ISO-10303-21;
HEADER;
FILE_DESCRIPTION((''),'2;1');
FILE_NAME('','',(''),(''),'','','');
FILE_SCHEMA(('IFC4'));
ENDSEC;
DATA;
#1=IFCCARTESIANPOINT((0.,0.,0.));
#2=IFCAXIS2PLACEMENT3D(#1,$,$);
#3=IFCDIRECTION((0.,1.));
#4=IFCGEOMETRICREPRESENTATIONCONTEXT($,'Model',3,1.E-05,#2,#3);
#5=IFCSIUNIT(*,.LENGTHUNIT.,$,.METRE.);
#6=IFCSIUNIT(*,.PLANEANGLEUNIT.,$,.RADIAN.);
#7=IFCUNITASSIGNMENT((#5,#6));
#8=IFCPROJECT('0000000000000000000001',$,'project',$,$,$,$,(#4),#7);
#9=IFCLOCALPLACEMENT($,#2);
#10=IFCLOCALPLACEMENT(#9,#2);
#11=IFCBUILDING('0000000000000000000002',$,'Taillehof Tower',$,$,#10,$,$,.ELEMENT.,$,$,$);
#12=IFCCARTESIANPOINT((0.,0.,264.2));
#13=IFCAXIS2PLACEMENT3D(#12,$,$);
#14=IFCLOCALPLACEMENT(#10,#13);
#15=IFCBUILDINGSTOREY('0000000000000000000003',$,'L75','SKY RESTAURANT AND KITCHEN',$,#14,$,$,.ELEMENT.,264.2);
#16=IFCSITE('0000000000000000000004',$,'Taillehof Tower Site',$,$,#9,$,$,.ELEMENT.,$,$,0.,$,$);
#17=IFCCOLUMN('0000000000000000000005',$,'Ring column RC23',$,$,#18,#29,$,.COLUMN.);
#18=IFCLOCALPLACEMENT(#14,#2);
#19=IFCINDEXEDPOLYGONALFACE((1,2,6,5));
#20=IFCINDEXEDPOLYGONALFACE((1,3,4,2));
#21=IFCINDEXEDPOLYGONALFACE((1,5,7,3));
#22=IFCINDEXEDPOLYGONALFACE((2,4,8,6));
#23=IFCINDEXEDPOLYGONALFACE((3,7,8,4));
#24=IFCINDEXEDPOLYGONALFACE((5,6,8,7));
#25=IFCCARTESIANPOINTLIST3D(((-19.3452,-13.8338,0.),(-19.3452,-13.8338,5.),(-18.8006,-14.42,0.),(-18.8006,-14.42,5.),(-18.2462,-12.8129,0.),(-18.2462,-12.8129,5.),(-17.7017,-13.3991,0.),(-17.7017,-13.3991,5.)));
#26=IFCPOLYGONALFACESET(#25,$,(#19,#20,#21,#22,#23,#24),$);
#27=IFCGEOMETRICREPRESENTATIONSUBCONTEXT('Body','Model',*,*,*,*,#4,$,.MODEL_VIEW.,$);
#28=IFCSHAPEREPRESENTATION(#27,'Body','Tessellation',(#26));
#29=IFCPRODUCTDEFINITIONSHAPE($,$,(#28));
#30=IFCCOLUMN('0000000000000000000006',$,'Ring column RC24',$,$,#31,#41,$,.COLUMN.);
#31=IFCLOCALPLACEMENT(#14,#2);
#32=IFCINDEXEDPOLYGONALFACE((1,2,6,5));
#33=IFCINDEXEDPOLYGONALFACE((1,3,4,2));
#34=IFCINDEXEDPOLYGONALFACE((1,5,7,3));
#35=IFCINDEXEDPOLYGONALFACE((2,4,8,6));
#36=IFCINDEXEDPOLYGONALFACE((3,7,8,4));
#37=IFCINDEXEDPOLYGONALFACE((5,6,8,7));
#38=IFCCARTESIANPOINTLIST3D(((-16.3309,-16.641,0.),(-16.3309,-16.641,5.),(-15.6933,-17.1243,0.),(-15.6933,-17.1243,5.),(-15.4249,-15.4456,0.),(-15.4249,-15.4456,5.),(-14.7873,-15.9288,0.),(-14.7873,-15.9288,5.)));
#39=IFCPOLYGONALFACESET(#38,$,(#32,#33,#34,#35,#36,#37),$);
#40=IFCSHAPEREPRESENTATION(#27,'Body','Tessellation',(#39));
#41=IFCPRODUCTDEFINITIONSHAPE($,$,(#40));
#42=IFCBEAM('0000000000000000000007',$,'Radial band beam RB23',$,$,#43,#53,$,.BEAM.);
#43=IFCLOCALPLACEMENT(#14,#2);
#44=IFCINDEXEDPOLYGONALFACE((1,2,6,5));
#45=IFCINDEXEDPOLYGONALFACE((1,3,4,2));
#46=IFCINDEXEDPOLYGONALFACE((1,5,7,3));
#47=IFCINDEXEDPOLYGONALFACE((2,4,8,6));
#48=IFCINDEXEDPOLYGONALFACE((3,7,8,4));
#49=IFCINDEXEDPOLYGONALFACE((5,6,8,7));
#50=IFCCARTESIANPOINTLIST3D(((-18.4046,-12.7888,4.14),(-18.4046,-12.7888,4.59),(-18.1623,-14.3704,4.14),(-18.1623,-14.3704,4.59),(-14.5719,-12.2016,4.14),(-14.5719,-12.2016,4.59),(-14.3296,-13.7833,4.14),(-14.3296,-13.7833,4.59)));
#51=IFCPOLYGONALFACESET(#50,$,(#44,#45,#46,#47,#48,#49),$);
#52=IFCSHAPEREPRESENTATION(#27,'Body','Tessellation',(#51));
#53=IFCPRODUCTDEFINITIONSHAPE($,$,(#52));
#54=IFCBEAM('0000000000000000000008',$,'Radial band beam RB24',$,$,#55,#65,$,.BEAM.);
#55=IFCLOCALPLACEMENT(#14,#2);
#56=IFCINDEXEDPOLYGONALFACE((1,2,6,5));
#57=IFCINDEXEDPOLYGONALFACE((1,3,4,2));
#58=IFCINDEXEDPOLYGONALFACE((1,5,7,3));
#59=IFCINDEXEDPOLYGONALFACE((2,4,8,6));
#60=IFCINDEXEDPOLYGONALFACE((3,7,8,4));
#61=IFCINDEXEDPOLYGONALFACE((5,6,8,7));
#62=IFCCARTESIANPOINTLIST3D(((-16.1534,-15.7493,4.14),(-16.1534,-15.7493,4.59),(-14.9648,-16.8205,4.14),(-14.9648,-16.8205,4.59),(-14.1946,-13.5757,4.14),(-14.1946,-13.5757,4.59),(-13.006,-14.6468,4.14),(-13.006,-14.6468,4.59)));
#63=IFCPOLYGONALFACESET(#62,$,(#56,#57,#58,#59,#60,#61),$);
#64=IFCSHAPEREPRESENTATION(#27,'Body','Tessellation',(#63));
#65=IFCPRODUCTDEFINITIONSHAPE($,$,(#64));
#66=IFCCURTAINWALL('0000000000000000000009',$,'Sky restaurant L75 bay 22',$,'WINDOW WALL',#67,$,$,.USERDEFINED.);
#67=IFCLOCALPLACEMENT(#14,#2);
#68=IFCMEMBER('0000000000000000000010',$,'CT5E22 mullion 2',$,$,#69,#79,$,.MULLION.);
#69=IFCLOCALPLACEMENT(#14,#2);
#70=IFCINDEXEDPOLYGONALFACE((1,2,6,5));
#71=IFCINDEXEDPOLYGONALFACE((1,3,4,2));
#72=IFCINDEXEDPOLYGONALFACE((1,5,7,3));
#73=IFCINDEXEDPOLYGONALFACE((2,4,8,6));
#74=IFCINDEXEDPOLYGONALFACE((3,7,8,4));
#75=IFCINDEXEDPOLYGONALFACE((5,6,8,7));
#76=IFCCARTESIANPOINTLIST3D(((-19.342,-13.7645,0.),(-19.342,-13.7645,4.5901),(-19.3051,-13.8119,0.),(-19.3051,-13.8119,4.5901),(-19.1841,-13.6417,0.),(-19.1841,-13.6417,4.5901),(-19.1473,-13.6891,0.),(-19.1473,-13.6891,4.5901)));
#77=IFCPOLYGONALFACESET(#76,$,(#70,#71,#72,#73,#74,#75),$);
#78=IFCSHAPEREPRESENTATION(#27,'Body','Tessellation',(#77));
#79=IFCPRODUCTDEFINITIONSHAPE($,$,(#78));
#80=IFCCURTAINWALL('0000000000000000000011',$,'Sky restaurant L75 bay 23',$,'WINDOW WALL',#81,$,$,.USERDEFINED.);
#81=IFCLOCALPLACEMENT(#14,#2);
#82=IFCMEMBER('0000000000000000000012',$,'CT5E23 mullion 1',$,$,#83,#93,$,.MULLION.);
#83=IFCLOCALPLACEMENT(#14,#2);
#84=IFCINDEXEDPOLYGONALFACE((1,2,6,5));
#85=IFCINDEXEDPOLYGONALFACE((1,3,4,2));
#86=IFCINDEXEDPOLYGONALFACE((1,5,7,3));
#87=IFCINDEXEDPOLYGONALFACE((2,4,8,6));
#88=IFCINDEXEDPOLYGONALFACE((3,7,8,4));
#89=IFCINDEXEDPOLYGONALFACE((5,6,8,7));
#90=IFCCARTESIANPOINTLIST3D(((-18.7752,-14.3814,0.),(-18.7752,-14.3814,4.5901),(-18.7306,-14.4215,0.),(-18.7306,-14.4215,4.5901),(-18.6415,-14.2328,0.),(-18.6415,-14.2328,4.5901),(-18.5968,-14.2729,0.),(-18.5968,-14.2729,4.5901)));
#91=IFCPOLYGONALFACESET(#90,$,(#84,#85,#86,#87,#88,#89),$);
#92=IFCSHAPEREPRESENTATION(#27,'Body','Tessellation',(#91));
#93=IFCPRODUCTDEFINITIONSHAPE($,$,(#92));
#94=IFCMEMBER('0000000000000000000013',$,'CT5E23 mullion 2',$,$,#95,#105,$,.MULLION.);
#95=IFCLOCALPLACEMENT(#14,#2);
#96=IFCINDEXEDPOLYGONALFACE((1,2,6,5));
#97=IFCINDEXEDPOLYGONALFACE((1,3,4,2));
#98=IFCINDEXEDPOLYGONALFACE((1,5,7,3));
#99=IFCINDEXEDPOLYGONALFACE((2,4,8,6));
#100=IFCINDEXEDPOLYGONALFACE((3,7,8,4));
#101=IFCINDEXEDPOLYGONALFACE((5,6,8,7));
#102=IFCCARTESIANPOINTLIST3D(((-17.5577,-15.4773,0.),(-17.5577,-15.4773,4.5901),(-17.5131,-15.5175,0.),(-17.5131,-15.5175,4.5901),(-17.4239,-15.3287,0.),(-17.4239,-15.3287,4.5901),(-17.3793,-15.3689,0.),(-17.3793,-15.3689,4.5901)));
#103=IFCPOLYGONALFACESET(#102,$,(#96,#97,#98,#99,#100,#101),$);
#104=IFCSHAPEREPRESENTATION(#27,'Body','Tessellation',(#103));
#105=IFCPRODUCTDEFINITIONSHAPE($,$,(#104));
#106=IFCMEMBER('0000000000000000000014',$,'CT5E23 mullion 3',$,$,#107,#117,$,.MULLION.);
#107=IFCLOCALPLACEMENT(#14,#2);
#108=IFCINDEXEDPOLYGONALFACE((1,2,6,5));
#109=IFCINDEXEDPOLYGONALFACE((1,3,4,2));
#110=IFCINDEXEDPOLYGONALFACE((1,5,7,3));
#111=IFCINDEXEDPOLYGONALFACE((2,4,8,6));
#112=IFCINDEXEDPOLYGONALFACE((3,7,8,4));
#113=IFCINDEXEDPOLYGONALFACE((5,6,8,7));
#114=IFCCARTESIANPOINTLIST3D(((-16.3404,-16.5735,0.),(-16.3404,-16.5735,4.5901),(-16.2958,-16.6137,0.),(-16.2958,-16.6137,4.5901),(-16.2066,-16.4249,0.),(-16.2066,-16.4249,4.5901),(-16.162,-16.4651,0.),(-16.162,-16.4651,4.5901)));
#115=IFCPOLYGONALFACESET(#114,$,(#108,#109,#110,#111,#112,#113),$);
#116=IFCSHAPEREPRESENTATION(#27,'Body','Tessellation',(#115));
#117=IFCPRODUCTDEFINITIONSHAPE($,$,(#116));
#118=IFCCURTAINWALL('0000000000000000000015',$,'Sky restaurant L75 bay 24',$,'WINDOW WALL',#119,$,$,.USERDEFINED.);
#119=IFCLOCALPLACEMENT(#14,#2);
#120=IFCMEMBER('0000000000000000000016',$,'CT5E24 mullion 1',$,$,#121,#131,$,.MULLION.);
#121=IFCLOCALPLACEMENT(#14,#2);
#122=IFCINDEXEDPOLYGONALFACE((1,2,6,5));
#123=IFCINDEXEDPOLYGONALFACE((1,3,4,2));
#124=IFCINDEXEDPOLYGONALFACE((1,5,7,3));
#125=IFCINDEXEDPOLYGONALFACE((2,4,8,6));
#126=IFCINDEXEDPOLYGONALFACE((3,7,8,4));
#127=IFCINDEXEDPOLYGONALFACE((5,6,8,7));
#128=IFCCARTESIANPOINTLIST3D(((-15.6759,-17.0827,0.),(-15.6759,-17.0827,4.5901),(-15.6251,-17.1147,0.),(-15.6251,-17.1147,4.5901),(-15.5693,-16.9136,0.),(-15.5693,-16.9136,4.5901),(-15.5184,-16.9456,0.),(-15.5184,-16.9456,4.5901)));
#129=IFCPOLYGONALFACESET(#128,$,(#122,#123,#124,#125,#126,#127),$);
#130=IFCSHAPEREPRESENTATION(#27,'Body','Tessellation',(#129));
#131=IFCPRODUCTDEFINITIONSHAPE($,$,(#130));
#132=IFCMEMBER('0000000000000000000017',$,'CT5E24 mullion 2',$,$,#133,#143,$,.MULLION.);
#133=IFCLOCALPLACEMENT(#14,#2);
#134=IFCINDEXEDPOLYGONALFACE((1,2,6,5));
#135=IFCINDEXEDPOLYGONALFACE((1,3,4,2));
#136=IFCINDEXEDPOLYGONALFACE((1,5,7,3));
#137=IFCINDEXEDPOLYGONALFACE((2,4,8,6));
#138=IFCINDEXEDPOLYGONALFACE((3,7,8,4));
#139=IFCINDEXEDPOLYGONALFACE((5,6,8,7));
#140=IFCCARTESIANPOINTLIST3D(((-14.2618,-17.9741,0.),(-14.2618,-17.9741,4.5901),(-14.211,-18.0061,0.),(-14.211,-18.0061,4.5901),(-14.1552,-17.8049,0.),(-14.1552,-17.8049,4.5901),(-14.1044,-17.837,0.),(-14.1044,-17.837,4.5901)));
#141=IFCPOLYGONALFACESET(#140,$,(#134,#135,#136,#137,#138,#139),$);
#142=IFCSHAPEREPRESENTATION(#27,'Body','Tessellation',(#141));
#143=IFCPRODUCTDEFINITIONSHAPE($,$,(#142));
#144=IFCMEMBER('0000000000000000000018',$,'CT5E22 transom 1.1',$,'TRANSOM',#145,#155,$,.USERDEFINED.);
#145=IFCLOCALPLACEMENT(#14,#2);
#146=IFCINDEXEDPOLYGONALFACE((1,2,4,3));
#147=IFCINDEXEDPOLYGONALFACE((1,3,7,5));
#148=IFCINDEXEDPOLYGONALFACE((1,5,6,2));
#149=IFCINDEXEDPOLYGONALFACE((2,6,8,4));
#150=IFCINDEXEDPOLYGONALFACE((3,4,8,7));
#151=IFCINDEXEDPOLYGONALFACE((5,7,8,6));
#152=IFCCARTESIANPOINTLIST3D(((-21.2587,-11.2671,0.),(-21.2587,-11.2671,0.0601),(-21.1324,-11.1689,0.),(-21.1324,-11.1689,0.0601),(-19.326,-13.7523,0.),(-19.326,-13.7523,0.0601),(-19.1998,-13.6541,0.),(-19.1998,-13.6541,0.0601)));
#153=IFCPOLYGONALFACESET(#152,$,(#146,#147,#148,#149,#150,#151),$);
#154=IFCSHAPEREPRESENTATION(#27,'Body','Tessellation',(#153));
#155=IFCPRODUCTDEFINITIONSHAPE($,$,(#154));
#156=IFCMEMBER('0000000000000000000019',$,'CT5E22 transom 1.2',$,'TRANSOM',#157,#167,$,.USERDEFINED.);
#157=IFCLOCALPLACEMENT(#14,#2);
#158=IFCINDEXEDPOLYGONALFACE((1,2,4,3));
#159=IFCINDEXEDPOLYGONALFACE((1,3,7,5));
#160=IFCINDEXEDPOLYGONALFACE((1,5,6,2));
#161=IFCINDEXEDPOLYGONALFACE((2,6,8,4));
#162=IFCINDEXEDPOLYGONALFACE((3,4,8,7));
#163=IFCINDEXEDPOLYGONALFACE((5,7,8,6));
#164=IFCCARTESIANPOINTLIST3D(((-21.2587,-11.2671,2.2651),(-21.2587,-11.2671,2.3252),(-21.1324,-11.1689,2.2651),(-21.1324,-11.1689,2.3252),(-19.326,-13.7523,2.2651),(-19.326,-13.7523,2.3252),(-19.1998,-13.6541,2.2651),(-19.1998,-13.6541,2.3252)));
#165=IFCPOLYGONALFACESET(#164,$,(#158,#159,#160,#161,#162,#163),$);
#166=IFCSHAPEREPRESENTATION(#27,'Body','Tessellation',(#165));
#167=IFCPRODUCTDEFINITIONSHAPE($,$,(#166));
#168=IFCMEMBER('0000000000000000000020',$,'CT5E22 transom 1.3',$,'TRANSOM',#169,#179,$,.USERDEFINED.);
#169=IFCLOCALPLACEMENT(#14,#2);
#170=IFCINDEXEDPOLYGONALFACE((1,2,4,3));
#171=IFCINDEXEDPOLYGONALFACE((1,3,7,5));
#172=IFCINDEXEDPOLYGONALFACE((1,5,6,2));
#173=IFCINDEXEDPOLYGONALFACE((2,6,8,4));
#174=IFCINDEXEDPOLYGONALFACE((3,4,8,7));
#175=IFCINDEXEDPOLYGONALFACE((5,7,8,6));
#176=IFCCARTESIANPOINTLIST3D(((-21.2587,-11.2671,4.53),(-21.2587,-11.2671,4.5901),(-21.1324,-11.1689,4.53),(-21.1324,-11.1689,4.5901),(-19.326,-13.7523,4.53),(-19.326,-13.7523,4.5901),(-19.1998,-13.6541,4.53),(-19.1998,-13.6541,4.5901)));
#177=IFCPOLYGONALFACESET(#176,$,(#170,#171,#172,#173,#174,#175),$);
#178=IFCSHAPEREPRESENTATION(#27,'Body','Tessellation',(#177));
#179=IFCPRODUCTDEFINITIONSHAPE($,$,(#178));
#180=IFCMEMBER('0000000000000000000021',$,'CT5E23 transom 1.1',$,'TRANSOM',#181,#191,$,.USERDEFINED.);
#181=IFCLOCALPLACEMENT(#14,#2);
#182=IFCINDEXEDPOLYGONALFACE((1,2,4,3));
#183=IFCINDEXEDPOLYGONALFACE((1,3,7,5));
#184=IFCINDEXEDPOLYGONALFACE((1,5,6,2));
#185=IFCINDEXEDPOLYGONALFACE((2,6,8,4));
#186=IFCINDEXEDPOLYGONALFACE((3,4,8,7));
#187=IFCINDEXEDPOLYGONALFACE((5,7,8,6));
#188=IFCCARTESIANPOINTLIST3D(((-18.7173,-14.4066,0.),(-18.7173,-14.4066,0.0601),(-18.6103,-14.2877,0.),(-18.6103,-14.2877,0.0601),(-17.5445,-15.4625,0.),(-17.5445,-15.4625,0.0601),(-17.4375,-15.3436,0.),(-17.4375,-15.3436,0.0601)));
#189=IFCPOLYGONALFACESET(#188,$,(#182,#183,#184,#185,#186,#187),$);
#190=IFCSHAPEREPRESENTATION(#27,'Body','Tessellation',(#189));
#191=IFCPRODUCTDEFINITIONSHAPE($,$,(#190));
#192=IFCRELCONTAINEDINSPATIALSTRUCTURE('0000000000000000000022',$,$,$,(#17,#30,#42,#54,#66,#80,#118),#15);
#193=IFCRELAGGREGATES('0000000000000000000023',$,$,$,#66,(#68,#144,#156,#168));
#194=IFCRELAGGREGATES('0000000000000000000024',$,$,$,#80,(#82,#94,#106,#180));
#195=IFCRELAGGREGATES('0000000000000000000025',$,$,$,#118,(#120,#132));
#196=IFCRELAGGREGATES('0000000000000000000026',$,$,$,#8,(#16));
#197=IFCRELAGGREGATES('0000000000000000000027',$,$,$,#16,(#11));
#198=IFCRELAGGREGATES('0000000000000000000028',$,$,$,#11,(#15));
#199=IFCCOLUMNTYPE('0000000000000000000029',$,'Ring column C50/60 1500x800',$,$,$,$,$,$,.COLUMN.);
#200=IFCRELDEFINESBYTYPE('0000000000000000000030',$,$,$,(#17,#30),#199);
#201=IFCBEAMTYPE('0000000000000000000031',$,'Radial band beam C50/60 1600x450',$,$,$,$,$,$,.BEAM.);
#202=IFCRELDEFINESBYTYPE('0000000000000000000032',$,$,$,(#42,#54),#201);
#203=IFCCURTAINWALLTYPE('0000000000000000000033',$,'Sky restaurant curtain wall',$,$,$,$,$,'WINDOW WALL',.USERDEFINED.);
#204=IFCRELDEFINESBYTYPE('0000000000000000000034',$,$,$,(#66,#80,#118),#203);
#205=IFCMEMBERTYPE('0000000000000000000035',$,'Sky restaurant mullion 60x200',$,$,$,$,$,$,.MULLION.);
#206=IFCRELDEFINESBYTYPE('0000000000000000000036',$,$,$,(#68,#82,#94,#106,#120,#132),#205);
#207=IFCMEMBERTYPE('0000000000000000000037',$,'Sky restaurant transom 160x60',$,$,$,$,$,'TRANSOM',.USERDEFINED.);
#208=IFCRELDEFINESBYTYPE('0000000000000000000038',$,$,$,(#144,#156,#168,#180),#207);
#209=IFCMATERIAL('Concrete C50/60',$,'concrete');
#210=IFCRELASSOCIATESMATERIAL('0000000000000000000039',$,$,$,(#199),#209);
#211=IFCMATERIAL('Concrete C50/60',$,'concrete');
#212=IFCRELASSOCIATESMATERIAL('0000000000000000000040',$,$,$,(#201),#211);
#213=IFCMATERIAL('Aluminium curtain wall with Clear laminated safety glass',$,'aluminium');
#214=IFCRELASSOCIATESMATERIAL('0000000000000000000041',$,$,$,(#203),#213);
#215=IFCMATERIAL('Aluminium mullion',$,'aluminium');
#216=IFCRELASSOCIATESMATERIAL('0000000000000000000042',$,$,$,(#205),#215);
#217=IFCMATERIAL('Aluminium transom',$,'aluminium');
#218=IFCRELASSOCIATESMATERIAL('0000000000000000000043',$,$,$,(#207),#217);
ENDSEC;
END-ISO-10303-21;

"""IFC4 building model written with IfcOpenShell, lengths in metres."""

from ifc_helpers import new_model, si_unit, direction, frame, origin, origin_2d, place, context, subcontext, project, spatial, rectangle, extrude, material, material_profile, profile_set, type_object, element, aggregate, save


model = new_model("IFC4")

# Units and contexts
model_context = context("Model", 3, precision=1e-05, world=origin(), true_north=direction((0.0, 1.0)))
body_context = subcontext(model_context, "Body", "Model", "MODEL_VIEW")
ifc_project = project(units=[si_unit("LENGTHUNIT", "METRE"), si_unit("PLANEANGLEUNIT", "RADIAN")], contexts=[model_context])

# Site, building, storey
site_placement = place(None, origin())
site = spatial("IfcSite", under=ifc_project, at=site_placement, Name="Taillehof Tower Site", CompositionType="ELEMENT", RefElevation=0.0)
building_placement = place(site_placement, origin())
building = spatial("IfcBuilding", under=site, at=building_placement, Name="Taillehof Tower", CompositionType="ELEMENT")
storey_placement = place(building_placement, frame((0.0, 0.0, 264.2)))
storey = spatial("IfcBuildingStorey", under=building, at=storey_placement, Name="L75", Description="SKY RESTAURANT AND KITCHEN", CompositionType="ELEMENT", Elevation=264.2)

# Columns
ifc_material_1 = material(Name="Concrete C50/60", Category="concrete")
ifc_material_profile_1 = material_profile(ifc_material_1, rectangle(XDim=1.5, YDim=0.8, at=origin_2d()), Name="RC 1500x800")
ifc_profile_set_1 = profile_set([ifc_material_profile_1], Name="Concrete C50/60")
column_type = type_object("IfcColumnType", Name="Ring column C50/60 1500x800", PredefinedType="COLUMN", material=ifc_profile_set_1)
for number, where, z_axis, x_axis, name in (
    (1, (-18.5234, -13.6165, 0.0), (0.0, 0.0, 1.0), (-0.732636, -0.680621, 0.0), "Ring column RC23"),
    (2, (-15.5591, -16.2849, 0.0), (0.0, 0.0, 1.0), (-0.60402, -0.796969, 0.0), "Ring column RC24"),
):
    element("IfcColumn", number, at=place(storey_placement, frame(where, z_axis=z_axis, x_axis=x_axis)), inside=storey, type_object=column_type, Name=name, PredefinedType="COLUMN", context=body_context, shape_type="SweptSolid", body=[
        extrude(rectangle(XDim=1.5, YDim=0.8, at=origin_2d()), origin(), (0.0, 0.0, 1.0), 5.0),
    ])

# Beams
ifc_material_2 = material(Name="Concrete C50/60", Category="concrete")
ifc_material_profile_2 = material_profile(ifc_material_2, rectangle(XDim=1.6001, YDim=0.45, at=origin_2d()), Name="RC 1600x450")
ifc_profile_set_2 = profile_set([ifc_material_profile_2], Name="Concrete C50/60")
beam_type_1 = type_object("IfcBeamType", Name="Radial band beam C50/60 1600x450", PredefinedType="BEAM", material=ifc_profile_set_2)
beam_1_placement = place(storey_placement, frame((-18.2834, -13.5796, 4.365), z_axis=(0.988468, 0.151428, 0.0), x_axis=(-0.151428, 0.988468, 0.0)))
element("IfcBeam", 3, at=beam_1_placement, inside=storey, type_object=beam_type_1, Name="Radial band beam RB23", PredefinedType="BEAM", context=body_context, shape_type="SweptSolid", body=[
    extrude(rectangle(XDim=1.6001, YDim=0.45, at=origin_2d()), origin(), (0.0, 0.0, 1.0), 3.8774),
])
beam_2_placement = place(storey_placement, frame((-15.5591, -16.2849, 4.365), z_axis=(0.669439, 0.742867, 0.0), x_axis=(-0.742867, 0.669439, 0.0)))
element("IfcBeam", 4, at=beam_2_placement, inside=storey, type_object=beam_type_1, Name="Radial band beam RB24", PredefinedType="BEAM", context=body_context, shape_type="SweptSolid", body=[
    extrude(rectangle(XDim=1.6001, YDim=0.45, at=origin_2d()), origin(), (0.0, 0.0, 1.0), 2.926),
])

# Curtain wall, member
ifc_material_3 = material(Name="Aluminium curtain wall with Clear laminated safety glass", Category="aluminium")
curtain_wall_type = type_object("IfcCurtainWallType", Name="Sky restaurant curtain wall", ElementType="WINDOW WALL", PredefinedType="USERDEFINED", material=ifc_material_3)
curtain_wall_1_placement = place(storey_placement, origin())
curtain_wall_1 = element("IfcCurtainWall", 5, at=curtain_wall_1_placement, inside=storey, type_object=curtain_wall_type, Name="Sky restaurant L75 bay 22", ObjectType="WINDOW WALL", PredefinedType="USERDEFINED")
ifc_material_4 = material(Name="Aluminium mullion", Category="aluminium")
ifc_material_profile_3 = material_profile(ifc_material_4, rectangle(XDim=0.2, YDim=0.0601, at=origin_2d()), Name="AL 60x200")
ifc_profile_set_3 = profile_set([ifc_material_profile_3], Name="Aluminium mullion")
member_type_1 = type_object("IfcMemberType", Name="Sky restaurant mullion 60x200", PredefinedType="MULLION", material=ifc_profile_set_3)
member_1_placement = place(storey_placement, frame((-19.2446, -13.7268, 0.0), z_axis=(0.0, 0.0, 1.0), x_axis=(0.789382, 0.613903, 0.0)))
member_1 = element("IfcMember", 6, at=member_1_placement, type_object=member_type_1, Name="CT5E22 mullion 2", PredefinedType="MULLION", context=body_context, shape_type="SweptSolid", body=[
    extrude(rectangle(XDim=0.2, YDim=0.0601, at=origin_2d()), origin(), (0.0, 0.0, 1.0), 4.5901),
])

# Curtain walls, members
curtain_wall_2_placement = place(storey_placement, origin())
curtain_wall_2 = element("IfcCurtainWall", 7, at=curtain_wall_2_placement, inside=storey, type_object=curtain_wall_type, Name="Sky restaurant L75 bay 23", ObjectType="WINDOW WALL", PredefinedType="USERDEFINED")
member_2_placement = place(storey_placement, frame((-18.686, -14.3271, 0.0), z_axis=(0.0, 0.0, 1.0), x_axis=(0.669107, 0.743166, 0.0)))
member_2 = element("IfcMember", 8, at=member_2_placement, type_object=member_type_1, Name="CT5E23 mullion 1", PredefinedType="MULLION", context=body_context, shape_type="SweptSolid", body=[
    extrude(rectangle(XDim=0.2, YDim=0.0601, at=origin_2d()), origin(), (0.0, 0.0, 1.0), 4.5901),
])
member_3_placement = place(storey_placement, frame((-17.4685, -15.4231, 0.0), z_axis=(0.0, 0.0, 1.0), x_axis=(0.669107, 0.743166, 0.0)))
member_3 = element("IfcMember", 9, at=member_3_placement, type_object=member_type_1, Name="CT5E23 mullion 2", PredefinedType="MULLION", context=body_context, shape_type="SweptSolid", body=[
    extrude(rectangle(XDim=0.2, YDim=0.0601, at=origin_2d()), origin(), (0.0, 0.0, 1.0), 4.5901),
])
member_4_placement = place(storey_placement, frame((-16.2512, -16.5193, 0.0), z_axis=(0.0, 0.0, 1.0), x_axis=(0.669107, 0.743166, 0.0)))
member_4 = element("IfcMember", 10, at=member_4_placement, type_object=member_type_1, Name="CT5E23 mullion 3", PredefinedType="MULLION", context=body_context, shape_type="SweptSolid", body=[
    extrude(rectangle(XDim=0.2, YDim=0.0601, at=origin_2d()), origin(), (0.0, 0.0, 1.0), 4.5901),
])
curtain_wall_3_placement = place(storey_placement, origin())
curtain_wall_3 = element("IfcCurtainWall", 11, at=curtain_wall_3_placement, inside=storey, type_object=curtain_wall_type, Name="Sky restaurant L75 bay 24", ObjectType="WINDOW WALL", PredefinedType="USERDEFINED")
member_5_placement = place(storey_placement, frame((-15.5972, -17.0142, 0.0), z_axis=(0.0, 0.0, 1.0), x_axis=(0.533294, 0.84593, 0.0)))
member_5 = element("IfcMember", 12, at=member_5_placement, type_object=member_type_1, Name="CT5E24 mullion 1", PredefinedType="MULLION", context=body_context, shape_type="SweptSolid", body=[
    extrude(rectangle(XDim=0.2, YDim=0.0601, at=origin_2d()), origin(), (0.0, 0.0, 1.0), 4.5901),
])
member_6_placement = place(storey_placement, frame((-14.1831, -17.9055, 0.0), z_axis=(0.0, 0.0, 1.0), x_axis=(0.533294, 0.84593, 0.0)))
member_6 = element("IfcMember", 13, at=member_6_placement, type_object=member_type_1, Name="CT5E24 mullion 2", PredefinedType="MULLION", context=body_context, shape_type="SweptSolid", body=[
    extrude(rectangle(XDim=0.2, YDim=0.0601, at=origin_2d()), origin(), (0.0, 0.0, 1.0), 4.5901),
])

# Members
ifc_material_5 = material(Name="Aluminium transom", Category="aluminium")
ifc_material_profile_4 = material_profile(ifc_material_5, rectangle(XDim=0.1599, YDim=0.0601, at=origin_2d()), Name="AL 160x60")
ifc_profile_set_4 = profile_set([ifc_material_profile_4], Name="Aluminium transom")
member_type_2 = type_object("IfcMemberType", Name="Sky restaurant transom 160x60", ElementType="TRANSOM", PredefinedType="USERDEFINED", material=ifc_profile_set_4)
member_7_placement = place(storey_placement, frame((-21.1956, -11.218, 0.03), z_axis=(0.613892, -0.78939, 0.0), x_axis=(0.78939, 0.613892, 0.0)))
member_7 = element("IfcMember", 14, at=member_7_placement, type_object=member_type_2, Name="CT5E22 transom 1.1", ObjectType="TRANSOM", PredefinedType="USERDEFINED", context=body_context, shape_type="SweptSolid", body=[
    extrude(rectangle(XDim=0.1599, YDim=0.0601, at=origin_2d()), origin(), (0.0, 0.0, 1.0), 3.1482),
])
member_8_placement = place(storey_placement, frame((-21.1956, -11.218, 2.2952), z_axis=(0.613892, -0.78939, 0.0), x_axis=(0.78939, 0.613892, 0.0)))
member_8 = element("IfcMember", 15, at=member_8_placement, type_object=member_type_2, Name="CT5E22 transom 1.2", ObjectType="TRANSOM", PredefinedType="USERDEFINED", context=body_context, shape_type="SweptSolid", body=[
    extrude(rectangle(XDim=0.1599, YDim=0.0601, at=origin_2d()), origin(), (0.0, 0.0, 1.0), 3.1482),
])
member_9_placement = place(storey_placement, frame((-21.1956, -11.218, 4.5601), z_axis=(0.613892, -0.78939, 0.0), x_axis=(0.78939, 0.613892, 0.0)))
member_9 = element("IfcMember", 16, at=member_9_placement, type_object=member_type_2, Name="CT5E22 transom 1.3", ObjectType="TRANSOM", PredefinedType="USERDEFINED", context=body_context, shape_type="SweptSolid", body=[
    extrude(rectangle(XDim=0.1599, YDim=0.0601, at=origin_2d()), origin(), (0.0, 0.0, 1.0), 3.1482),
])
member_10_placement = place(storey_placement, frame((-18.6638, -14.3472, 0.03), z_axis=(0.743186, -0.669084, 0.0), x_axis=(0.669084, 0.743186, 0.0)))
member_10 = element("IfcMember", 17, at=member_10_placement, type_object=member_type_2, Name="CT5E23 transom 1.1", ObjectType="TRANSOM", PredefinedType="USERDEFINED", context=body_context, shape_type="SweptSolid", body=[
    extrude(rectangle(XDim=0.1599, YDim=0.0601, at=origin_2d()), origin(), (0.0, 0.0, 1.0), 1.5781),
])

aggregate(curtain_wall_1, [member_1, member_7, member_8, member_9])
aggregate(curtain_wall_2, [member_2, member_3, member_4, member_10])
aggregate(curtain_wall_3, [member_5, member_6])

save(model, "model.ifc")
